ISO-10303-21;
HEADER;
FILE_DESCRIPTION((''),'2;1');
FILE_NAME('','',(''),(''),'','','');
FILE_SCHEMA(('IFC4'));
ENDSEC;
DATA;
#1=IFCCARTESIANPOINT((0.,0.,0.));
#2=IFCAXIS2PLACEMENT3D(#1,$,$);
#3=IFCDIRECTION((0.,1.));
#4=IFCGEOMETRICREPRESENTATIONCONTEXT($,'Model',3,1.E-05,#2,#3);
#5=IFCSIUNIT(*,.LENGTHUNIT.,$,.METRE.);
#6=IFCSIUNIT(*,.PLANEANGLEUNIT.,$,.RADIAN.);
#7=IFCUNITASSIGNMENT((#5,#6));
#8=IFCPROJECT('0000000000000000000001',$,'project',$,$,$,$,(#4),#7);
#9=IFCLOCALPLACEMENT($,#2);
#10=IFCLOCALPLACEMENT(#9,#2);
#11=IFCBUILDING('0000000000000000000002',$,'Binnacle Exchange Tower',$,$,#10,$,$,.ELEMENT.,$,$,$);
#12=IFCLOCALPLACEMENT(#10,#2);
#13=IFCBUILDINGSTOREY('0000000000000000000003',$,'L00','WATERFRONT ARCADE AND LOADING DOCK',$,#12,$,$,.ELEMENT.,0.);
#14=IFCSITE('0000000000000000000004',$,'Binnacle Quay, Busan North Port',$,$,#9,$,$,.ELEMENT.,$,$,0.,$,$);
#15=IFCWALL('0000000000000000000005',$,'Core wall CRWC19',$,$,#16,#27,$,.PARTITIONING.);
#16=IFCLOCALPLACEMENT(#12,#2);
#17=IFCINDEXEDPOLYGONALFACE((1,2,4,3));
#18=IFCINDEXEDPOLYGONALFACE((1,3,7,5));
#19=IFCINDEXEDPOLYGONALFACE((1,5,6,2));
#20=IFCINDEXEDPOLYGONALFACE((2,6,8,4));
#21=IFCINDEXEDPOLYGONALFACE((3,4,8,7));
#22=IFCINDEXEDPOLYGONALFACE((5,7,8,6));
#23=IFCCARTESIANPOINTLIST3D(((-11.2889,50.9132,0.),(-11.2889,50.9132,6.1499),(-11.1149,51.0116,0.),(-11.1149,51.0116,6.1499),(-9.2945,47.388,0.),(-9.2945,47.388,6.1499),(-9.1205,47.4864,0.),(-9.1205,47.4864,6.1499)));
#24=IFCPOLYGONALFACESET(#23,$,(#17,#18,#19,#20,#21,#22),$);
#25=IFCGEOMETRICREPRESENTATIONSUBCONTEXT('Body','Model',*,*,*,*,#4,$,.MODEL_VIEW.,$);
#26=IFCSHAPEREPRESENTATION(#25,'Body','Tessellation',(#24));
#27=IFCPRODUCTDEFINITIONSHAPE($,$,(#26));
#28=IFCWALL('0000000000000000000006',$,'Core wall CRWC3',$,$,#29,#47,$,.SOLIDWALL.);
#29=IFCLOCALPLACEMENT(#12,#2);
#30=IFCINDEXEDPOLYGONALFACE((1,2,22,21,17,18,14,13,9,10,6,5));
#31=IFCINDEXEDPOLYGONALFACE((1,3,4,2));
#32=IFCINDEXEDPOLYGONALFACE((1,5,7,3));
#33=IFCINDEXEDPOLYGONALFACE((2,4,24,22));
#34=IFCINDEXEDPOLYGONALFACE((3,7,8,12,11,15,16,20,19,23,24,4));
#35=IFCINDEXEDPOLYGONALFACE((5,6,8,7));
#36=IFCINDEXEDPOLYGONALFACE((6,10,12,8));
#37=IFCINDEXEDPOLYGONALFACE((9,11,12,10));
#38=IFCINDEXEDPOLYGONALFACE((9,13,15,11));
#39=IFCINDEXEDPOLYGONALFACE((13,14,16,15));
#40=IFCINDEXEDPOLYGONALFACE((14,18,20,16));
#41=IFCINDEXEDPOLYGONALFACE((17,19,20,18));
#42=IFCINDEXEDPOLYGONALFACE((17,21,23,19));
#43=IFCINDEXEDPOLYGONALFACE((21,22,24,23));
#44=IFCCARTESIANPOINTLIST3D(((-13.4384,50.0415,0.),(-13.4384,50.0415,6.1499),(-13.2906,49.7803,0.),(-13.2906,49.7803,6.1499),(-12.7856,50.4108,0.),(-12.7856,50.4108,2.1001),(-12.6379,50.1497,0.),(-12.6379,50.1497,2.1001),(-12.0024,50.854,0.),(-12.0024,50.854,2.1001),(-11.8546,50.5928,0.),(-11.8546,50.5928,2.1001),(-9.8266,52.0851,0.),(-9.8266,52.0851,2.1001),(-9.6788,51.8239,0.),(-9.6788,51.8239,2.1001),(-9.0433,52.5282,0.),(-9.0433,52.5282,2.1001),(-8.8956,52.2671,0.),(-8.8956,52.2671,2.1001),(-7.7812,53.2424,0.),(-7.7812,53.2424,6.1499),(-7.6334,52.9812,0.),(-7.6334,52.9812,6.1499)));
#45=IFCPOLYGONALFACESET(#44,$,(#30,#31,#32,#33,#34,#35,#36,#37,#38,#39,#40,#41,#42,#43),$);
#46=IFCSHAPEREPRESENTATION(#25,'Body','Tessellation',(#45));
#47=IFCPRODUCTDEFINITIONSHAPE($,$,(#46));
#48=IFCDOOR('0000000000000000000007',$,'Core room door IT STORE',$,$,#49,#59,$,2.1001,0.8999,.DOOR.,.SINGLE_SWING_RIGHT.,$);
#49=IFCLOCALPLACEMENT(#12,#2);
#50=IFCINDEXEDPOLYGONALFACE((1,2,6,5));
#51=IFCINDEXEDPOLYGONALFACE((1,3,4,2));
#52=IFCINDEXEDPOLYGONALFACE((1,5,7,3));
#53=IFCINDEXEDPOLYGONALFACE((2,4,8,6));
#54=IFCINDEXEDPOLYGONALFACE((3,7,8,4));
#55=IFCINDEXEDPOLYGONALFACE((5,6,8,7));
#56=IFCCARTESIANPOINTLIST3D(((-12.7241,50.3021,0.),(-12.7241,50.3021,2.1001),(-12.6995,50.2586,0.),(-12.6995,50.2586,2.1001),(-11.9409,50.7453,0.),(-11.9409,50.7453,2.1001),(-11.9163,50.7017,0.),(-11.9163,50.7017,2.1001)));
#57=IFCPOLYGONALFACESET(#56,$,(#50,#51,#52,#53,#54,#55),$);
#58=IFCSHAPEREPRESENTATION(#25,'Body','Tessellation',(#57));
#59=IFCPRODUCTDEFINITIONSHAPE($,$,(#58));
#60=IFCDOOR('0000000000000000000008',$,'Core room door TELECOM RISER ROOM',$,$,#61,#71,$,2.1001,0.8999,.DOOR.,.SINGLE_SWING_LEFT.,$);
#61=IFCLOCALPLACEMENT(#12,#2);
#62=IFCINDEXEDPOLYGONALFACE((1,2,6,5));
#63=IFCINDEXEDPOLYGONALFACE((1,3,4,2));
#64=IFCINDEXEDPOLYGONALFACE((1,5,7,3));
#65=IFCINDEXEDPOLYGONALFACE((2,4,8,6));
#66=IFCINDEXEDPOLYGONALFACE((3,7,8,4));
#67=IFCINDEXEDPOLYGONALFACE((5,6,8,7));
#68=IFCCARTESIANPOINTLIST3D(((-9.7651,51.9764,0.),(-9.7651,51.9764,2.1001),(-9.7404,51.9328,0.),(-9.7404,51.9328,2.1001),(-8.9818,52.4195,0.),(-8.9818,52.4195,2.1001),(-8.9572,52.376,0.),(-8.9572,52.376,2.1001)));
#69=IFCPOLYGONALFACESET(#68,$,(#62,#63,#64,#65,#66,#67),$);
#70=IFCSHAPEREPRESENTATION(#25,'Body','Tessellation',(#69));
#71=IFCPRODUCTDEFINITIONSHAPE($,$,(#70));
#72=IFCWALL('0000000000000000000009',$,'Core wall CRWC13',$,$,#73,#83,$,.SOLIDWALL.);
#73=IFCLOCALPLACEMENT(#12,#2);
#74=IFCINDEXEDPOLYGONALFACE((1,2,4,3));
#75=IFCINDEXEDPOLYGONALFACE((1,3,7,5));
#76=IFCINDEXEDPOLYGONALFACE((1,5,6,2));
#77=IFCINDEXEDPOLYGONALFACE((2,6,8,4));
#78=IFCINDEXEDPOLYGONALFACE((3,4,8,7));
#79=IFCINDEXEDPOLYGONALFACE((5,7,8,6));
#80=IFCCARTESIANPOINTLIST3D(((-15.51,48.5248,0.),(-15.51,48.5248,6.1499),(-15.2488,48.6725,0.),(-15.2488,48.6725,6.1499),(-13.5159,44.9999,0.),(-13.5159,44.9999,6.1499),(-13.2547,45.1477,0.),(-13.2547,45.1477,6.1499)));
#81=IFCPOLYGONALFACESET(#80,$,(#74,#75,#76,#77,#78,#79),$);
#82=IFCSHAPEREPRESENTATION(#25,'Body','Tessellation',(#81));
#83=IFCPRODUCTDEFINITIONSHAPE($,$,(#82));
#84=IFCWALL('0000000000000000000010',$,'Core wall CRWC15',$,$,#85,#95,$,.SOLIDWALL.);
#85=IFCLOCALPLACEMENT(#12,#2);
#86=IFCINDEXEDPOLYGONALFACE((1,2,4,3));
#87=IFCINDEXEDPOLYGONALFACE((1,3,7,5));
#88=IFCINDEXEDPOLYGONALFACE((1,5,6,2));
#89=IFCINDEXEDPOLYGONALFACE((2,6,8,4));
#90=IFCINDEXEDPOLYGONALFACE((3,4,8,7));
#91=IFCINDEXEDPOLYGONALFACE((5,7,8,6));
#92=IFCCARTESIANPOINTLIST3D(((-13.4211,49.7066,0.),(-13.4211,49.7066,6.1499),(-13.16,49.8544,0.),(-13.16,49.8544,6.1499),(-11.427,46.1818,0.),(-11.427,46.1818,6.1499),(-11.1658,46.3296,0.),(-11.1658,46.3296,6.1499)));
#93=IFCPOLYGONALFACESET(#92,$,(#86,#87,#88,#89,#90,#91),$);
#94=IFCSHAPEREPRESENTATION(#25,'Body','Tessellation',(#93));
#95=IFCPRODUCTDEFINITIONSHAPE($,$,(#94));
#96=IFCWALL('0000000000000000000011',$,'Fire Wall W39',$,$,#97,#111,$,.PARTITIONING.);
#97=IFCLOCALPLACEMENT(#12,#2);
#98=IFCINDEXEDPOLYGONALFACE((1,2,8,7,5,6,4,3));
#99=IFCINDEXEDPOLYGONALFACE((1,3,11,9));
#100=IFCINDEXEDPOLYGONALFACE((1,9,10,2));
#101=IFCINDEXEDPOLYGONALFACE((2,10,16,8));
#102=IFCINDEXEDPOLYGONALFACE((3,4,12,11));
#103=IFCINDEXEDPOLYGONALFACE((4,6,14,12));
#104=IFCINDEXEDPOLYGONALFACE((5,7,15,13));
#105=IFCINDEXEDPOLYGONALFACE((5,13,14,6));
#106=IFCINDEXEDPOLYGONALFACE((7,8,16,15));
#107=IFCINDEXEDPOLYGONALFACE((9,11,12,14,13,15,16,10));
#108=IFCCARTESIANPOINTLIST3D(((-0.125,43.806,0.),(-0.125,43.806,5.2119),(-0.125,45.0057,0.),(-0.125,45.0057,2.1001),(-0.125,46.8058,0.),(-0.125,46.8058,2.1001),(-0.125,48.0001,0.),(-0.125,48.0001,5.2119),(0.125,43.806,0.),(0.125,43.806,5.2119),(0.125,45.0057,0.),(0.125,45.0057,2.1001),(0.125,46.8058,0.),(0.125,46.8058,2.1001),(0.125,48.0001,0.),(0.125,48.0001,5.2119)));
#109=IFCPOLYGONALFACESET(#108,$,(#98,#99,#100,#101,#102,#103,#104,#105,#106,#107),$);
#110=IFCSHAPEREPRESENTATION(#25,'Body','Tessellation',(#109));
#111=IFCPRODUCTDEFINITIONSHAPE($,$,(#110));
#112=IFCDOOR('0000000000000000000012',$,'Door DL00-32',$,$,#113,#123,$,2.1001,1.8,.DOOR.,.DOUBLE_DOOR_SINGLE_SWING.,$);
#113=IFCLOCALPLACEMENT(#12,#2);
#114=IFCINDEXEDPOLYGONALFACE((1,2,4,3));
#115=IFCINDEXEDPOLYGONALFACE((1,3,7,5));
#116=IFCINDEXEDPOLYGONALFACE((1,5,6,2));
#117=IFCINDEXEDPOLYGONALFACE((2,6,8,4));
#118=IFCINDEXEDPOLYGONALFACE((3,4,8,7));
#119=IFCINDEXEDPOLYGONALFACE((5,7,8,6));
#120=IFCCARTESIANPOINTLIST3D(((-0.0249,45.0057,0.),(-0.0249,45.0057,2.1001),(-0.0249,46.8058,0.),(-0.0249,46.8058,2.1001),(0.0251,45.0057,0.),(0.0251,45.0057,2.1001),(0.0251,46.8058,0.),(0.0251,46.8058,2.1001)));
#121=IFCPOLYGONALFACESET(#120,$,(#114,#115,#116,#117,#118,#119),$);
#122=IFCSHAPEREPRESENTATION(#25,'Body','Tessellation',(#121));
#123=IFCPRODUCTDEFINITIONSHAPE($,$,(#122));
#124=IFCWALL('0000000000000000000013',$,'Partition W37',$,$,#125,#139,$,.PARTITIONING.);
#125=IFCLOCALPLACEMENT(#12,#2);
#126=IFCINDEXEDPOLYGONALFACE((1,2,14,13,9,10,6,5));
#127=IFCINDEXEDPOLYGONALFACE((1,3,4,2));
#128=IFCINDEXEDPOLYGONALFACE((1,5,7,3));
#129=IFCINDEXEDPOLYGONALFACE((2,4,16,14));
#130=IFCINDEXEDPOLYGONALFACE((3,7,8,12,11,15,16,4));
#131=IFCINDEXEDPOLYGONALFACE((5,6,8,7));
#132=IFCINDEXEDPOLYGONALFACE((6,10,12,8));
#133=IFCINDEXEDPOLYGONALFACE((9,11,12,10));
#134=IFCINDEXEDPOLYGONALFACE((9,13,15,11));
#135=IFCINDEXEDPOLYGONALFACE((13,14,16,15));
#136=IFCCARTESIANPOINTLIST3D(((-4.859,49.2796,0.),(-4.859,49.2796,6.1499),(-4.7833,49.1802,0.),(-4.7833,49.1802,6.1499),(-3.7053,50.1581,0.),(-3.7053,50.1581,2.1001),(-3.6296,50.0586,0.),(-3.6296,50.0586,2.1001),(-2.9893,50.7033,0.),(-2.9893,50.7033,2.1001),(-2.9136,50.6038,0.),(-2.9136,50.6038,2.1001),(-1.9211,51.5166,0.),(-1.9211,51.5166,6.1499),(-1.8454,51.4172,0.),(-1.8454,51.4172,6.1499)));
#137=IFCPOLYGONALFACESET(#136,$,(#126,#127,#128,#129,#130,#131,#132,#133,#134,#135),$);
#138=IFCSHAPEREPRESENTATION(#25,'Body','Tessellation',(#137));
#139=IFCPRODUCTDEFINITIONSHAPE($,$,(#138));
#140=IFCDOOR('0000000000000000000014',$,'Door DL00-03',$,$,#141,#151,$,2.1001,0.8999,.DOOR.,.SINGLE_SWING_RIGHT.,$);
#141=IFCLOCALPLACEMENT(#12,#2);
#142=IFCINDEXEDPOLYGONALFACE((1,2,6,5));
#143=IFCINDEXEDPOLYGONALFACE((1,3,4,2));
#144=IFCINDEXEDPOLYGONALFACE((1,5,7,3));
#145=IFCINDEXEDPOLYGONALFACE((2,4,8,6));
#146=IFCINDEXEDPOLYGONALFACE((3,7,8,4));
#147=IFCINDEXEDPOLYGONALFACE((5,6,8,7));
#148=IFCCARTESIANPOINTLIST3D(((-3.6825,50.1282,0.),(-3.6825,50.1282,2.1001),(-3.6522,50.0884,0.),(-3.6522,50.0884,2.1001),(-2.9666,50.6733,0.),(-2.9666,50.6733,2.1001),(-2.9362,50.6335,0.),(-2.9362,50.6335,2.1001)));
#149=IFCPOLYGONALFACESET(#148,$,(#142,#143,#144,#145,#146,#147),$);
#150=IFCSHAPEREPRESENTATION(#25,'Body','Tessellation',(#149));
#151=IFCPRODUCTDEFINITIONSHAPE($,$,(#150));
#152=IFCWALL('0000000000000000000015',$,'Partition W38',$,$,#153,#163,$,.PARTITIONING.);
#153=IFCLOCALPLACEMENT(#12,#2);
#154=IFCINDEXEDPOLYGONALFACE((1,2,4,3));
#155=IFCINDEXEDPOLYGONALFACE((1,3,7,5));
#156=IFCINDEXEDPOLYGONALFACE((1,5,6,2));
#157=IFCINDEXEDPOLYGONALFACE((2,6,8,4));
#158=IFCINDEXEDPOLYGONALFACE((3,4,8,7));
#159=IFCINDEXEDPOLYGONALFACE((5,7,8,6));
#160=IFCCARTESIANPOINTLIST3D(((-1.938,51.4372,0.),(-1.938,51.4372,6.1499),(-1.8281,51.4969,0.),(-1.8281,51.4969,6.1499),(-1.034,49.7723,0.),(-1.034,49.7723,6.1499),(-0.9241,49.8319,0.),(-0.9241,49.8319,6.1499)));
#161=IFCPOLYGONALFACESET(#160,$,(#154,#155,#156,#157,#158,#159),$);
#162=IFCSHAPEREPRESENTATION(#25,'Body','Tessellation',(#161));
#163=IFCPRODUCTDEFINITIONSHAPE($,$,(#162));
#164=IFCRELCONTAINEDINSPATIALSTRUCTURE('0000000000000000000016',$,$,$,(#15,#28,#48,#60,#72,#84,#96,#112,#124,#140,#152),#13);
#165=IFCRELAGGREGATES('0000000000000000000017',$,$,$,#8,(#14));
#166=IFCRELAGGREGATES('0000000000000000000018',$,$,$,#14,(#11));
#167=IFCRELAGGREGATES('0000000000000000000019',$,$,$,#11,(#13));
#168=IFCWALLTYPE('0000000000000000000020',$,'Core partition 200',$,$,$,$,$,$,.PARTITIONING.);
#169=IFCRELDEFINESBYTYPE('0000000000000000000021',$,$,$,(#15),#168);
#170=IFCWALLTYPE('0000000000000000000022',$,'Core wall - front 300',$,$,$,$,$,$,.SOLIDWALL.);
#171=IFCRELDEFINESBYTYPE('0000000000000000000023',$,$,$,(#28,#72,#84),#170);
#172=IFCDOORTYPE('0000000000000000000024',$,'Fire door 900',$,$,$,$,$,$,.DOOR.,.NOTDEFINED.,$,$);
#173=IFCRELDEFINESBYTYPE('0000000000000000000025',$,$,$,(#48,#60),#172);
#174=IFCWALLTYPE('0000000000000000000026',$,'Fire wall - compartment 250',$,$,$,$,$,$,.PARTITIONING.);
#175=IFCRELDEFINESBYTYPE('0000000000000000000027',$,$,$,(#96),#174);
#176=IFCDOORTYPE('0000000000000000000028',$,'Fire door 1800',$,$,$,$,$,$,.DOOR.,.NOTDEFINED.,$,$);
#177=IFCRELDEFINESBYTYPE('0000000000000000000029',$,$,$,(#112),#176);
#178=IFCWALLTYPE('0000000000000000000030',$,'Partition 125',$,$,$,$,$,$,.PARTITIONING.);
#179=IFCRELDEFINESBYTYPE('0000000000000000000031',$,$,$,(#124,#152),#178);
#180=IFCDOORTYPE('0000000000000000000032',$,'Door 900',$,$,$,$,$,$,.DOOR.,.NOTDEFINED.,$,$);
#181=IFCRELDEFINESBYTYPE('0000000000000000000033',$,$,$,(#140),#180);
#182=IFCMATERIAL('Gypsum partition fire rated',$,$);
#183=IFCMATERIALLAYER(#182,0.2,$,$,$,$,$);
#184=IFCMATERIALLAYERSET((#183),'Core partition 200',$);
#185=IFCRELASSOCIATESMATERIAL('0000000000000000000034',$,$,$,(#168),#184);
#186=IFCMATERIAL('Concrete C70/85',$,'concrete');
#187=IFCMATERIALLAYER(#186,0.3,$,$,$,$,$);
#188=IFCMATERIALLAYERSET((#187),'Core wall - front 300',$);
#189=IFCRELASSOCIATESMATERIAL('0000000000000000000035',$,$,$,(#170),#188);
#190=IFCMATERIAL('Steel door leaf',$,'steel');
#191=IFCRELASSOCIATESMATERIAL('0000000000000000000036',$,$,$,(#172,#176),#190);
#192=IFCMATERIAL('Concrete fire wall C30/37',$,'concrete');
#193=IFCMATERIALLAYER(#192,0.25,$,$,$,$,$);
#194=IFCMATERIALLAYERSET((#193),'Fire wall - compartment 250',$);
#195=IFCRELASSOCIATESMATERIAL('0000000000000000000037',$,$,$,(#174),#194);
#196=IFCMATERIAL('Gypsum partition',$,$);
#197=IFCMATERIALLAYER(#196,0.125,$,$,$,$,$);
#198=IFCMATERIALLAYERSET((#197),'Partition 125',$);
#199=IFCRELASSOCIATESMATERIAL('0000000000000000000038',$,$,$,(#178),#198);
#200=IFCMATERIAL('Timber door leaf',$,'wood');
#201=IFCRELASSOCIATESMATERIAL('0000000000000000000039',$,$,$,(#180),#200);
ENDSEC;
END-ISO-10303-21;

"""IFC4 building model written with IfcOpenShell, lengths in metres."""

from ifc_helpers import new_model, si_unit, direction, frame, frame_2d, origin, place, context, subcontext, project, spatial, rectangle, extrude, material, layer, layer_set, type_object, element, fill, save


model = new_model("IFC4")

# Units and contexts
model_context = context("Model", 3, precision=1e-05, world=origin(), true_north=direction((0.0, 1.0)))
body_context = subcontext(model_context, "Body", "Model", "MODEL_VIEW")
ifc_project = project(units=[si_unit("LENGTHUNIT", "METRE"), si_unit("PLANEANGLEUNIT", "RADIAN")], contexts=[model_context])

# Site, building, storey
site_placement = place(None, origin())
site = spatial("IfcSite", under=ifc_project, at=site_placement, Name="Binnacle Quay, Busan North Port", CompositionType="ELEMENT", RefElevation=0.0)
building_placement = place(site_placement, origin())
building = spatial("IfcBuilding", under=site, at=building_placement, Name="Binnacle Exchange Tower", CompositionType="ELEMENT")
storey_placement = place(building_placement, origin())
storey = spatial("IfcBuildingStorey", under=building, at=storey_placement, Name="L00", Description="WATERFRONT ARCADE AND LOADING DOCK", CompositionType="ELEMENT", Elevation=0.0)

# Shared definitions
ifc_material_1 = material(Name="Concrete C70/85", Category="concrete")

# Wall
ifc_material_2 = material(Name="Gypsum partition fire rated")
ifc_layer_1 = layer(ifc_material_2, 0.2)
ifc_layer_set_1 = layer_set([ifc_layer_1], Name="Core partition 200")
wall_type_1 = type_object("IfcWallType", Name="Core partition 200", PredefinedType="PARTITIONING", material=ifc_layer_set_1)
wall_1_placement = place(storey_placement, frame((-11.2019, 50.9624, 0.0), z_axis=(0.0, 0.0, 1.0), x_axis=(0.492415, -0.870361, 0.0)))
element("IfcWall", 1, at=wall_1_placement, inside=storey, type_object=wall_type_1, Name="Core wall CRWC19", PredefinedType="PARTITIONING", context=body_context, shape_type="SweptSolid", body=[
    extrude(rectangle(XDim=4.0503, YDim=0.2, at=frame_2d((2.0251, 0.0))), origin(), (0.0, 0.0, 1.0), 6.1499),
])

# Wall, openings, doors
ifc_layer_2 = layer(ifc_material_1, 0.3)
ifc_layer_set_2 = layer_set([ifc_layer_2], Name="Core wall - front 300")
wall_type_2 = type_object("IfcWallType", Name="Core wall - front 300", PredefinedType="SOLIDWALL", material=ifc_layer_set_2)
wall_2_placement = place(storey_placement, frame((-13.3645, 49.9109, 0.0), z_axis=(0.0, 0.0, 1.0), x_axis=(0.870341, 0.49245, 0.0)))
wall_2 = element("IfcWall", 2, at=wall_2_placement, inside=storey, type_object=wall_type_2, Name="Core wall CRWC3", PredefinedType="SOLIDWALL", context=body_context, shape_type="SweptSolid", body=[
    extrude(rectangle(XDim=6.5, YDim=0.3, at=frame_2d((3.25, 0.0))), origin(), (0.0, 0.0, 1.0), 6.1499),
])
opening_1_placement = place(wall_2_placement, frame((0.75, 0.0, 0.0)))
opening_1 = element("IfcOpeningElement", 3, at=opening_1_placement, cuts=wall_2, PredefinedType="OPENING", context=body_context, shape_type="SweptSolid", body=[
    extrude(rectangle(XDim=0.8999, YDim=2.1001, at=frame_2d((0.45, 1.05))), frame((0.0, 0.1599, 0.0), z_axis=(0.0, -1.0, 0.0), x_axis=(1.0, 0.0, 0.0)), (0.0, 0.0, 1.0), 0.3201),
])
opening_2_placement = place(wall_2_placement, frame((4.1499, 0.0, 0.0)))
opening_2 = element("IfcOpeningElement", 4, at=opening_2_placement, cuts=wall_2, PredefinedType="OPENING", context=body_context, shape_type="SweptSolid", body=[
    extrude(rectangle(XDim=0.8999, YDim=2.1001, at=frame_2d((0.45, 1.05))), frame((0.0, 0.1599, 0.0), z_axis=(0.0, -1.0, 0.0), x_axis=(1.0, 0.0, 0.0)), (0.0, 0.0, 1.0), 0.3201),
])
ifc_material_3 = material(Name="Steel door leaf", Category="steel")
door_type_1 = type_object("IfcDoorType", Name="Fire door 900", OperationType="NOTDEFINED", PredefinedType="DOOR", material=ifc_material_3)
door_1_placement = place(opening_1_placement, frame((0.8999, 0.0, 0.0), z_axis=(0.0, 0.0, 1.0), x_axis=(-1.0, 0.0, 0.0)))
door_1 = element("IfcDoor", 5, at=door_1_placement, inside=storey, type_object=door_type_1, Name="Core room door IT STORE", OperationType="SINGLE_SWING_RIGHT", OverallHeight=2.1001, OverallWidth=0.8999, PredefinedType="DOOR", context=body_context, shape_type="SweptSolid", body=[
    extrude(rectangle(XDim=0.8999, YDim=2.1001, at=frame_2d((0.45, 1.05))), frame((0.0, 0.0249, 0.0), z_axis=(0.0, -1.0, 0.0), x_axis=(1.0, 0.0, 0.0)), (0.0, 0.0, 1.0), 0.05),
])
fill(opening_1, door_1)
door_2_placement = place(opening_2_placement, frame((0.8999, 0.0, 0.0), z_axis=(0.0, 0.0, 1.0), x_axis=(-1.0, 0.0, 0.0)))
door_2 = element("IfcDoor", 6, at=door_2_placement, inside=storey, type_object=door_type_1, Name="Core room door TELECOM RISER ROOM", OperationType="SINGLE_SWING_LEFT", OverallHeight=2.1001, OverallWidth=0.8999, PredefinedType="DOOR", context=body_context, shape_type="SweptSolid", body=[
    extrude(rectangle(XDim=0.8999, YDim=2.1001, at=frame_2d((0.45, 1.05))), frame((0.0, 0.0249, 0.0), z_axis=(0.0, -1.0, 0.0), x_axis=(1.0, 0.0, 0.0)), (0.0, 0.0, 1.0), 0.05),
])
fill(opening_2, door_2)

# Walls
for number, where, z_axis, x_axis, name in (
    (7, (-15.3794, 48.5986, 0.0), (0.0, 0.0, 1.0), (0.492395, -0.870372, 0.0), "Core wall CRWC13"),
    (8, (-13.2905, 49.7805, 0.0), (0.0, 0.0, 1.0), (0.492395, -0.870372, 0.0), "Core wall CRWC15"),
):
    element("IfcWall", number, at=place(storey_placement, frame(where, z_axis=z_axis, x_axis=x_axis)), inside=storey, type_object=wall_type_2, Name=name, PredefinedType="SOLIDWALL", context=body_context, shape_type="SweptSolid", body=[
        extrude(rectangle(XDim=4.0498, YDim=0.3, at=frame_2d((2.0249, 0.0))), origin(), (0.0, 0.0, 1.0), 6.1499),
    ])

# Walls, openings, doors
ifc_material_4 = material(Name="Concrete fire wall C30/37", Category="concrete")
ifc_layer_3 = layer(ifc_material_4, 0.25)
ifc_layer_set_3 = layer_set([ifc_layer_3], Name="Fire wall - compartment 250")
wall_type_3 = type_object("IfcWallType", Name="Fire wall - compartment 250", PredefinedType="PARTITIONING", material=ifc_layer_set_3)
wall_3_placement = place(storey_placement, frame((0.0, 43.8059, 0.0), z_axis=(0.0, 0.0, 1.0), x_axis=(0.0, 1.0, 0.0)))
wall_3 = element("IfcWall", 9, at=wall_3_placement, inside=storey, type_object=wall_type_3, Name="Fire Wall W39", PredefinedType="PARTITIONING", context=body_context, shape_type="SweptSolid", body=[
    extrude(rectangle(XDim=4.1941, YDim=0.25, at=frame_2d((2.0972, 0.0))), origin(), (0.0, 0.0, 1.0), 5.2119),
])
opening_3_placement = place(wall_3_placement, frame((1.2, 0.0, 0.0)))
opening_3 = element("IfcOpeningElement", 10, at=opening_3_placement, cuts=wall_3, PredefinedType="OPENING", context=body_context, shape_type="SweptSolid", body=[
    extrude(rectangle(XDim=1.8, YDim=2.1001, at=frame_2d((0.8999, 1.05))), frame((0.0, 0.135, 0.0), z_axis=(0.0, -1.0, 0.0), x_axis=(1.0, 0.0, 0.0)), (0.0, 0.0, 1.0), 0.27),
])
door_type_2 = type_object("IfcDoorType", Name="Fire door 1800", OperationType="NOTDEFINED", PredefinedType="DOOR", material=ifc_material_3)
door_3_placement = place(opening_3_placement, origin())
door_3 = element("IfcDoor", 11, at=door_3_placement, inside=storey, type_object=door_type_2, Name="Door DL00-32", OperationType="DOUBLE_DOOR_SINGLE_SWING", OverallHeight=2.1001, OverallWidth=1.8, PredefinedType="DOOR", context=body_context, shape_type="SweptSolid", body=[
    extrude(rectangle(XDim=1.8, YDim=2.1001, at=frame_2d((0.8999, 1.05))), frame((0.0, 0.0249, 0.0), z_axis=(0.0, -1.0, 0.0), x_axis=(1.0, 0.0, 0.0)), (0.0, 0.0, 1.0), 0.05),
])
fill(opening_3, door_3)
ifc_material_5 = material(Name="Gypsum partition")
ifc_layer_4 = layer(ifc_material_5, 0.125)
ifc_layer_set_4 = layer_set([ifc_layer_4], Name="Partition 125")
wall_type_4 = type_object("IfcWallType", Name="Partition 125", PredefinedType="PARTITIONING", material=ifc_layer_set_4)
wall_4_placement = place(storey_placement, frame((-4.821, 49.23, 0.0), z_axis=(0.0, 0.0, 1.0), x_axis=(0.795615, 0.605802, 0.0)))
wall_4 = element("IfcWall", 12, at=wall_4_placement, inside=storey, type_object=wall_type_4, Name="Partition W37", PredefinedType="PARTITIONING", context=body_context, shape_type="SweptSolid", body=[
    extrude(rectangle(XDim=3.6926, YDim=0.125, at=frame_2d((1.8462, 0.0))), origin(), (0.0, 0.0, 1.0), 6.1499),
])
opening_4_placement = place(wall_4_placement, frame((1.45, 0.0, 0.0)))
opening_4 = element("IfcOpeningElement", 13, at=opening_4_placement, cuts=wall_4, PredefinedType="OPENING", context=body_context, shape_type="SweptSolid", body=[
    extrude(rectangle(XDim=0.8999, YDim=2.1001, at=frame_2d((0.45, 1.05))), frame((0.0, 0.0725, 0.0), z_axis=(0.0, -1.0, 0.0), x_axis=(1.0, 0.0, 0.0)), (0.0, 0.0, 1.0), 0.145),
])
ifc_material_6 = material(Name="Timber door leaf", Category="wood")
door_type_3 = type_object("IfcDoorType", Name="Door 900", OperationType="NOTDEFINED", PredefinedType="DOOR", material=ifc_material_6)
door_4_placement = place(opening_4_placement, origin())
door_4 = element("IfcDoor", 14, at=door_4_placement, inside=storey, type_object=door_type_3, Name="Door DL00-03", OperationType="SINGLE_SWING_RIGHT", OverallHeight=2.1001, OverallWidth=0.8999, PredefinedType="DOOR", context=body_context, shape_type="SweptSolid", body=[
    extrude(rectangle(XDim=0.8999, YDim=2.1001, at=frame_2d((0.45, 1.05))), frame((0.0, 0.0249, 0.0), z_axis=(0.0, -1.0, 0.0), x_axis=(1.0, 0.0, 0.0)), (0.0, 0.0, 1.0), 0.05),
])
fill(opening_4, door_4)

# Wall
wall_5_placement = place(storey_placement, frame((-1.8831, 51.467, 0.0), z_axis=(0.0, 0.0, 1.0), x_axis=(0.477163, -0.878815, 0.0)))
element("IfcWall", 15, at=wall_5_placement, inside=storey, type_object=wall_type_4, Name="Partition W38", PredefinedType="PARTITIONING", context=body_context, shape_type="SweptSolid", body=[
    extrude(rectangle(XDim=1.8945, YDim=0.125, at=frame_2d((0.9473, 0.0))), origin(), (0.0, 0.0, 1.0), 6.1499),
])

save(model, "model.ifc")
